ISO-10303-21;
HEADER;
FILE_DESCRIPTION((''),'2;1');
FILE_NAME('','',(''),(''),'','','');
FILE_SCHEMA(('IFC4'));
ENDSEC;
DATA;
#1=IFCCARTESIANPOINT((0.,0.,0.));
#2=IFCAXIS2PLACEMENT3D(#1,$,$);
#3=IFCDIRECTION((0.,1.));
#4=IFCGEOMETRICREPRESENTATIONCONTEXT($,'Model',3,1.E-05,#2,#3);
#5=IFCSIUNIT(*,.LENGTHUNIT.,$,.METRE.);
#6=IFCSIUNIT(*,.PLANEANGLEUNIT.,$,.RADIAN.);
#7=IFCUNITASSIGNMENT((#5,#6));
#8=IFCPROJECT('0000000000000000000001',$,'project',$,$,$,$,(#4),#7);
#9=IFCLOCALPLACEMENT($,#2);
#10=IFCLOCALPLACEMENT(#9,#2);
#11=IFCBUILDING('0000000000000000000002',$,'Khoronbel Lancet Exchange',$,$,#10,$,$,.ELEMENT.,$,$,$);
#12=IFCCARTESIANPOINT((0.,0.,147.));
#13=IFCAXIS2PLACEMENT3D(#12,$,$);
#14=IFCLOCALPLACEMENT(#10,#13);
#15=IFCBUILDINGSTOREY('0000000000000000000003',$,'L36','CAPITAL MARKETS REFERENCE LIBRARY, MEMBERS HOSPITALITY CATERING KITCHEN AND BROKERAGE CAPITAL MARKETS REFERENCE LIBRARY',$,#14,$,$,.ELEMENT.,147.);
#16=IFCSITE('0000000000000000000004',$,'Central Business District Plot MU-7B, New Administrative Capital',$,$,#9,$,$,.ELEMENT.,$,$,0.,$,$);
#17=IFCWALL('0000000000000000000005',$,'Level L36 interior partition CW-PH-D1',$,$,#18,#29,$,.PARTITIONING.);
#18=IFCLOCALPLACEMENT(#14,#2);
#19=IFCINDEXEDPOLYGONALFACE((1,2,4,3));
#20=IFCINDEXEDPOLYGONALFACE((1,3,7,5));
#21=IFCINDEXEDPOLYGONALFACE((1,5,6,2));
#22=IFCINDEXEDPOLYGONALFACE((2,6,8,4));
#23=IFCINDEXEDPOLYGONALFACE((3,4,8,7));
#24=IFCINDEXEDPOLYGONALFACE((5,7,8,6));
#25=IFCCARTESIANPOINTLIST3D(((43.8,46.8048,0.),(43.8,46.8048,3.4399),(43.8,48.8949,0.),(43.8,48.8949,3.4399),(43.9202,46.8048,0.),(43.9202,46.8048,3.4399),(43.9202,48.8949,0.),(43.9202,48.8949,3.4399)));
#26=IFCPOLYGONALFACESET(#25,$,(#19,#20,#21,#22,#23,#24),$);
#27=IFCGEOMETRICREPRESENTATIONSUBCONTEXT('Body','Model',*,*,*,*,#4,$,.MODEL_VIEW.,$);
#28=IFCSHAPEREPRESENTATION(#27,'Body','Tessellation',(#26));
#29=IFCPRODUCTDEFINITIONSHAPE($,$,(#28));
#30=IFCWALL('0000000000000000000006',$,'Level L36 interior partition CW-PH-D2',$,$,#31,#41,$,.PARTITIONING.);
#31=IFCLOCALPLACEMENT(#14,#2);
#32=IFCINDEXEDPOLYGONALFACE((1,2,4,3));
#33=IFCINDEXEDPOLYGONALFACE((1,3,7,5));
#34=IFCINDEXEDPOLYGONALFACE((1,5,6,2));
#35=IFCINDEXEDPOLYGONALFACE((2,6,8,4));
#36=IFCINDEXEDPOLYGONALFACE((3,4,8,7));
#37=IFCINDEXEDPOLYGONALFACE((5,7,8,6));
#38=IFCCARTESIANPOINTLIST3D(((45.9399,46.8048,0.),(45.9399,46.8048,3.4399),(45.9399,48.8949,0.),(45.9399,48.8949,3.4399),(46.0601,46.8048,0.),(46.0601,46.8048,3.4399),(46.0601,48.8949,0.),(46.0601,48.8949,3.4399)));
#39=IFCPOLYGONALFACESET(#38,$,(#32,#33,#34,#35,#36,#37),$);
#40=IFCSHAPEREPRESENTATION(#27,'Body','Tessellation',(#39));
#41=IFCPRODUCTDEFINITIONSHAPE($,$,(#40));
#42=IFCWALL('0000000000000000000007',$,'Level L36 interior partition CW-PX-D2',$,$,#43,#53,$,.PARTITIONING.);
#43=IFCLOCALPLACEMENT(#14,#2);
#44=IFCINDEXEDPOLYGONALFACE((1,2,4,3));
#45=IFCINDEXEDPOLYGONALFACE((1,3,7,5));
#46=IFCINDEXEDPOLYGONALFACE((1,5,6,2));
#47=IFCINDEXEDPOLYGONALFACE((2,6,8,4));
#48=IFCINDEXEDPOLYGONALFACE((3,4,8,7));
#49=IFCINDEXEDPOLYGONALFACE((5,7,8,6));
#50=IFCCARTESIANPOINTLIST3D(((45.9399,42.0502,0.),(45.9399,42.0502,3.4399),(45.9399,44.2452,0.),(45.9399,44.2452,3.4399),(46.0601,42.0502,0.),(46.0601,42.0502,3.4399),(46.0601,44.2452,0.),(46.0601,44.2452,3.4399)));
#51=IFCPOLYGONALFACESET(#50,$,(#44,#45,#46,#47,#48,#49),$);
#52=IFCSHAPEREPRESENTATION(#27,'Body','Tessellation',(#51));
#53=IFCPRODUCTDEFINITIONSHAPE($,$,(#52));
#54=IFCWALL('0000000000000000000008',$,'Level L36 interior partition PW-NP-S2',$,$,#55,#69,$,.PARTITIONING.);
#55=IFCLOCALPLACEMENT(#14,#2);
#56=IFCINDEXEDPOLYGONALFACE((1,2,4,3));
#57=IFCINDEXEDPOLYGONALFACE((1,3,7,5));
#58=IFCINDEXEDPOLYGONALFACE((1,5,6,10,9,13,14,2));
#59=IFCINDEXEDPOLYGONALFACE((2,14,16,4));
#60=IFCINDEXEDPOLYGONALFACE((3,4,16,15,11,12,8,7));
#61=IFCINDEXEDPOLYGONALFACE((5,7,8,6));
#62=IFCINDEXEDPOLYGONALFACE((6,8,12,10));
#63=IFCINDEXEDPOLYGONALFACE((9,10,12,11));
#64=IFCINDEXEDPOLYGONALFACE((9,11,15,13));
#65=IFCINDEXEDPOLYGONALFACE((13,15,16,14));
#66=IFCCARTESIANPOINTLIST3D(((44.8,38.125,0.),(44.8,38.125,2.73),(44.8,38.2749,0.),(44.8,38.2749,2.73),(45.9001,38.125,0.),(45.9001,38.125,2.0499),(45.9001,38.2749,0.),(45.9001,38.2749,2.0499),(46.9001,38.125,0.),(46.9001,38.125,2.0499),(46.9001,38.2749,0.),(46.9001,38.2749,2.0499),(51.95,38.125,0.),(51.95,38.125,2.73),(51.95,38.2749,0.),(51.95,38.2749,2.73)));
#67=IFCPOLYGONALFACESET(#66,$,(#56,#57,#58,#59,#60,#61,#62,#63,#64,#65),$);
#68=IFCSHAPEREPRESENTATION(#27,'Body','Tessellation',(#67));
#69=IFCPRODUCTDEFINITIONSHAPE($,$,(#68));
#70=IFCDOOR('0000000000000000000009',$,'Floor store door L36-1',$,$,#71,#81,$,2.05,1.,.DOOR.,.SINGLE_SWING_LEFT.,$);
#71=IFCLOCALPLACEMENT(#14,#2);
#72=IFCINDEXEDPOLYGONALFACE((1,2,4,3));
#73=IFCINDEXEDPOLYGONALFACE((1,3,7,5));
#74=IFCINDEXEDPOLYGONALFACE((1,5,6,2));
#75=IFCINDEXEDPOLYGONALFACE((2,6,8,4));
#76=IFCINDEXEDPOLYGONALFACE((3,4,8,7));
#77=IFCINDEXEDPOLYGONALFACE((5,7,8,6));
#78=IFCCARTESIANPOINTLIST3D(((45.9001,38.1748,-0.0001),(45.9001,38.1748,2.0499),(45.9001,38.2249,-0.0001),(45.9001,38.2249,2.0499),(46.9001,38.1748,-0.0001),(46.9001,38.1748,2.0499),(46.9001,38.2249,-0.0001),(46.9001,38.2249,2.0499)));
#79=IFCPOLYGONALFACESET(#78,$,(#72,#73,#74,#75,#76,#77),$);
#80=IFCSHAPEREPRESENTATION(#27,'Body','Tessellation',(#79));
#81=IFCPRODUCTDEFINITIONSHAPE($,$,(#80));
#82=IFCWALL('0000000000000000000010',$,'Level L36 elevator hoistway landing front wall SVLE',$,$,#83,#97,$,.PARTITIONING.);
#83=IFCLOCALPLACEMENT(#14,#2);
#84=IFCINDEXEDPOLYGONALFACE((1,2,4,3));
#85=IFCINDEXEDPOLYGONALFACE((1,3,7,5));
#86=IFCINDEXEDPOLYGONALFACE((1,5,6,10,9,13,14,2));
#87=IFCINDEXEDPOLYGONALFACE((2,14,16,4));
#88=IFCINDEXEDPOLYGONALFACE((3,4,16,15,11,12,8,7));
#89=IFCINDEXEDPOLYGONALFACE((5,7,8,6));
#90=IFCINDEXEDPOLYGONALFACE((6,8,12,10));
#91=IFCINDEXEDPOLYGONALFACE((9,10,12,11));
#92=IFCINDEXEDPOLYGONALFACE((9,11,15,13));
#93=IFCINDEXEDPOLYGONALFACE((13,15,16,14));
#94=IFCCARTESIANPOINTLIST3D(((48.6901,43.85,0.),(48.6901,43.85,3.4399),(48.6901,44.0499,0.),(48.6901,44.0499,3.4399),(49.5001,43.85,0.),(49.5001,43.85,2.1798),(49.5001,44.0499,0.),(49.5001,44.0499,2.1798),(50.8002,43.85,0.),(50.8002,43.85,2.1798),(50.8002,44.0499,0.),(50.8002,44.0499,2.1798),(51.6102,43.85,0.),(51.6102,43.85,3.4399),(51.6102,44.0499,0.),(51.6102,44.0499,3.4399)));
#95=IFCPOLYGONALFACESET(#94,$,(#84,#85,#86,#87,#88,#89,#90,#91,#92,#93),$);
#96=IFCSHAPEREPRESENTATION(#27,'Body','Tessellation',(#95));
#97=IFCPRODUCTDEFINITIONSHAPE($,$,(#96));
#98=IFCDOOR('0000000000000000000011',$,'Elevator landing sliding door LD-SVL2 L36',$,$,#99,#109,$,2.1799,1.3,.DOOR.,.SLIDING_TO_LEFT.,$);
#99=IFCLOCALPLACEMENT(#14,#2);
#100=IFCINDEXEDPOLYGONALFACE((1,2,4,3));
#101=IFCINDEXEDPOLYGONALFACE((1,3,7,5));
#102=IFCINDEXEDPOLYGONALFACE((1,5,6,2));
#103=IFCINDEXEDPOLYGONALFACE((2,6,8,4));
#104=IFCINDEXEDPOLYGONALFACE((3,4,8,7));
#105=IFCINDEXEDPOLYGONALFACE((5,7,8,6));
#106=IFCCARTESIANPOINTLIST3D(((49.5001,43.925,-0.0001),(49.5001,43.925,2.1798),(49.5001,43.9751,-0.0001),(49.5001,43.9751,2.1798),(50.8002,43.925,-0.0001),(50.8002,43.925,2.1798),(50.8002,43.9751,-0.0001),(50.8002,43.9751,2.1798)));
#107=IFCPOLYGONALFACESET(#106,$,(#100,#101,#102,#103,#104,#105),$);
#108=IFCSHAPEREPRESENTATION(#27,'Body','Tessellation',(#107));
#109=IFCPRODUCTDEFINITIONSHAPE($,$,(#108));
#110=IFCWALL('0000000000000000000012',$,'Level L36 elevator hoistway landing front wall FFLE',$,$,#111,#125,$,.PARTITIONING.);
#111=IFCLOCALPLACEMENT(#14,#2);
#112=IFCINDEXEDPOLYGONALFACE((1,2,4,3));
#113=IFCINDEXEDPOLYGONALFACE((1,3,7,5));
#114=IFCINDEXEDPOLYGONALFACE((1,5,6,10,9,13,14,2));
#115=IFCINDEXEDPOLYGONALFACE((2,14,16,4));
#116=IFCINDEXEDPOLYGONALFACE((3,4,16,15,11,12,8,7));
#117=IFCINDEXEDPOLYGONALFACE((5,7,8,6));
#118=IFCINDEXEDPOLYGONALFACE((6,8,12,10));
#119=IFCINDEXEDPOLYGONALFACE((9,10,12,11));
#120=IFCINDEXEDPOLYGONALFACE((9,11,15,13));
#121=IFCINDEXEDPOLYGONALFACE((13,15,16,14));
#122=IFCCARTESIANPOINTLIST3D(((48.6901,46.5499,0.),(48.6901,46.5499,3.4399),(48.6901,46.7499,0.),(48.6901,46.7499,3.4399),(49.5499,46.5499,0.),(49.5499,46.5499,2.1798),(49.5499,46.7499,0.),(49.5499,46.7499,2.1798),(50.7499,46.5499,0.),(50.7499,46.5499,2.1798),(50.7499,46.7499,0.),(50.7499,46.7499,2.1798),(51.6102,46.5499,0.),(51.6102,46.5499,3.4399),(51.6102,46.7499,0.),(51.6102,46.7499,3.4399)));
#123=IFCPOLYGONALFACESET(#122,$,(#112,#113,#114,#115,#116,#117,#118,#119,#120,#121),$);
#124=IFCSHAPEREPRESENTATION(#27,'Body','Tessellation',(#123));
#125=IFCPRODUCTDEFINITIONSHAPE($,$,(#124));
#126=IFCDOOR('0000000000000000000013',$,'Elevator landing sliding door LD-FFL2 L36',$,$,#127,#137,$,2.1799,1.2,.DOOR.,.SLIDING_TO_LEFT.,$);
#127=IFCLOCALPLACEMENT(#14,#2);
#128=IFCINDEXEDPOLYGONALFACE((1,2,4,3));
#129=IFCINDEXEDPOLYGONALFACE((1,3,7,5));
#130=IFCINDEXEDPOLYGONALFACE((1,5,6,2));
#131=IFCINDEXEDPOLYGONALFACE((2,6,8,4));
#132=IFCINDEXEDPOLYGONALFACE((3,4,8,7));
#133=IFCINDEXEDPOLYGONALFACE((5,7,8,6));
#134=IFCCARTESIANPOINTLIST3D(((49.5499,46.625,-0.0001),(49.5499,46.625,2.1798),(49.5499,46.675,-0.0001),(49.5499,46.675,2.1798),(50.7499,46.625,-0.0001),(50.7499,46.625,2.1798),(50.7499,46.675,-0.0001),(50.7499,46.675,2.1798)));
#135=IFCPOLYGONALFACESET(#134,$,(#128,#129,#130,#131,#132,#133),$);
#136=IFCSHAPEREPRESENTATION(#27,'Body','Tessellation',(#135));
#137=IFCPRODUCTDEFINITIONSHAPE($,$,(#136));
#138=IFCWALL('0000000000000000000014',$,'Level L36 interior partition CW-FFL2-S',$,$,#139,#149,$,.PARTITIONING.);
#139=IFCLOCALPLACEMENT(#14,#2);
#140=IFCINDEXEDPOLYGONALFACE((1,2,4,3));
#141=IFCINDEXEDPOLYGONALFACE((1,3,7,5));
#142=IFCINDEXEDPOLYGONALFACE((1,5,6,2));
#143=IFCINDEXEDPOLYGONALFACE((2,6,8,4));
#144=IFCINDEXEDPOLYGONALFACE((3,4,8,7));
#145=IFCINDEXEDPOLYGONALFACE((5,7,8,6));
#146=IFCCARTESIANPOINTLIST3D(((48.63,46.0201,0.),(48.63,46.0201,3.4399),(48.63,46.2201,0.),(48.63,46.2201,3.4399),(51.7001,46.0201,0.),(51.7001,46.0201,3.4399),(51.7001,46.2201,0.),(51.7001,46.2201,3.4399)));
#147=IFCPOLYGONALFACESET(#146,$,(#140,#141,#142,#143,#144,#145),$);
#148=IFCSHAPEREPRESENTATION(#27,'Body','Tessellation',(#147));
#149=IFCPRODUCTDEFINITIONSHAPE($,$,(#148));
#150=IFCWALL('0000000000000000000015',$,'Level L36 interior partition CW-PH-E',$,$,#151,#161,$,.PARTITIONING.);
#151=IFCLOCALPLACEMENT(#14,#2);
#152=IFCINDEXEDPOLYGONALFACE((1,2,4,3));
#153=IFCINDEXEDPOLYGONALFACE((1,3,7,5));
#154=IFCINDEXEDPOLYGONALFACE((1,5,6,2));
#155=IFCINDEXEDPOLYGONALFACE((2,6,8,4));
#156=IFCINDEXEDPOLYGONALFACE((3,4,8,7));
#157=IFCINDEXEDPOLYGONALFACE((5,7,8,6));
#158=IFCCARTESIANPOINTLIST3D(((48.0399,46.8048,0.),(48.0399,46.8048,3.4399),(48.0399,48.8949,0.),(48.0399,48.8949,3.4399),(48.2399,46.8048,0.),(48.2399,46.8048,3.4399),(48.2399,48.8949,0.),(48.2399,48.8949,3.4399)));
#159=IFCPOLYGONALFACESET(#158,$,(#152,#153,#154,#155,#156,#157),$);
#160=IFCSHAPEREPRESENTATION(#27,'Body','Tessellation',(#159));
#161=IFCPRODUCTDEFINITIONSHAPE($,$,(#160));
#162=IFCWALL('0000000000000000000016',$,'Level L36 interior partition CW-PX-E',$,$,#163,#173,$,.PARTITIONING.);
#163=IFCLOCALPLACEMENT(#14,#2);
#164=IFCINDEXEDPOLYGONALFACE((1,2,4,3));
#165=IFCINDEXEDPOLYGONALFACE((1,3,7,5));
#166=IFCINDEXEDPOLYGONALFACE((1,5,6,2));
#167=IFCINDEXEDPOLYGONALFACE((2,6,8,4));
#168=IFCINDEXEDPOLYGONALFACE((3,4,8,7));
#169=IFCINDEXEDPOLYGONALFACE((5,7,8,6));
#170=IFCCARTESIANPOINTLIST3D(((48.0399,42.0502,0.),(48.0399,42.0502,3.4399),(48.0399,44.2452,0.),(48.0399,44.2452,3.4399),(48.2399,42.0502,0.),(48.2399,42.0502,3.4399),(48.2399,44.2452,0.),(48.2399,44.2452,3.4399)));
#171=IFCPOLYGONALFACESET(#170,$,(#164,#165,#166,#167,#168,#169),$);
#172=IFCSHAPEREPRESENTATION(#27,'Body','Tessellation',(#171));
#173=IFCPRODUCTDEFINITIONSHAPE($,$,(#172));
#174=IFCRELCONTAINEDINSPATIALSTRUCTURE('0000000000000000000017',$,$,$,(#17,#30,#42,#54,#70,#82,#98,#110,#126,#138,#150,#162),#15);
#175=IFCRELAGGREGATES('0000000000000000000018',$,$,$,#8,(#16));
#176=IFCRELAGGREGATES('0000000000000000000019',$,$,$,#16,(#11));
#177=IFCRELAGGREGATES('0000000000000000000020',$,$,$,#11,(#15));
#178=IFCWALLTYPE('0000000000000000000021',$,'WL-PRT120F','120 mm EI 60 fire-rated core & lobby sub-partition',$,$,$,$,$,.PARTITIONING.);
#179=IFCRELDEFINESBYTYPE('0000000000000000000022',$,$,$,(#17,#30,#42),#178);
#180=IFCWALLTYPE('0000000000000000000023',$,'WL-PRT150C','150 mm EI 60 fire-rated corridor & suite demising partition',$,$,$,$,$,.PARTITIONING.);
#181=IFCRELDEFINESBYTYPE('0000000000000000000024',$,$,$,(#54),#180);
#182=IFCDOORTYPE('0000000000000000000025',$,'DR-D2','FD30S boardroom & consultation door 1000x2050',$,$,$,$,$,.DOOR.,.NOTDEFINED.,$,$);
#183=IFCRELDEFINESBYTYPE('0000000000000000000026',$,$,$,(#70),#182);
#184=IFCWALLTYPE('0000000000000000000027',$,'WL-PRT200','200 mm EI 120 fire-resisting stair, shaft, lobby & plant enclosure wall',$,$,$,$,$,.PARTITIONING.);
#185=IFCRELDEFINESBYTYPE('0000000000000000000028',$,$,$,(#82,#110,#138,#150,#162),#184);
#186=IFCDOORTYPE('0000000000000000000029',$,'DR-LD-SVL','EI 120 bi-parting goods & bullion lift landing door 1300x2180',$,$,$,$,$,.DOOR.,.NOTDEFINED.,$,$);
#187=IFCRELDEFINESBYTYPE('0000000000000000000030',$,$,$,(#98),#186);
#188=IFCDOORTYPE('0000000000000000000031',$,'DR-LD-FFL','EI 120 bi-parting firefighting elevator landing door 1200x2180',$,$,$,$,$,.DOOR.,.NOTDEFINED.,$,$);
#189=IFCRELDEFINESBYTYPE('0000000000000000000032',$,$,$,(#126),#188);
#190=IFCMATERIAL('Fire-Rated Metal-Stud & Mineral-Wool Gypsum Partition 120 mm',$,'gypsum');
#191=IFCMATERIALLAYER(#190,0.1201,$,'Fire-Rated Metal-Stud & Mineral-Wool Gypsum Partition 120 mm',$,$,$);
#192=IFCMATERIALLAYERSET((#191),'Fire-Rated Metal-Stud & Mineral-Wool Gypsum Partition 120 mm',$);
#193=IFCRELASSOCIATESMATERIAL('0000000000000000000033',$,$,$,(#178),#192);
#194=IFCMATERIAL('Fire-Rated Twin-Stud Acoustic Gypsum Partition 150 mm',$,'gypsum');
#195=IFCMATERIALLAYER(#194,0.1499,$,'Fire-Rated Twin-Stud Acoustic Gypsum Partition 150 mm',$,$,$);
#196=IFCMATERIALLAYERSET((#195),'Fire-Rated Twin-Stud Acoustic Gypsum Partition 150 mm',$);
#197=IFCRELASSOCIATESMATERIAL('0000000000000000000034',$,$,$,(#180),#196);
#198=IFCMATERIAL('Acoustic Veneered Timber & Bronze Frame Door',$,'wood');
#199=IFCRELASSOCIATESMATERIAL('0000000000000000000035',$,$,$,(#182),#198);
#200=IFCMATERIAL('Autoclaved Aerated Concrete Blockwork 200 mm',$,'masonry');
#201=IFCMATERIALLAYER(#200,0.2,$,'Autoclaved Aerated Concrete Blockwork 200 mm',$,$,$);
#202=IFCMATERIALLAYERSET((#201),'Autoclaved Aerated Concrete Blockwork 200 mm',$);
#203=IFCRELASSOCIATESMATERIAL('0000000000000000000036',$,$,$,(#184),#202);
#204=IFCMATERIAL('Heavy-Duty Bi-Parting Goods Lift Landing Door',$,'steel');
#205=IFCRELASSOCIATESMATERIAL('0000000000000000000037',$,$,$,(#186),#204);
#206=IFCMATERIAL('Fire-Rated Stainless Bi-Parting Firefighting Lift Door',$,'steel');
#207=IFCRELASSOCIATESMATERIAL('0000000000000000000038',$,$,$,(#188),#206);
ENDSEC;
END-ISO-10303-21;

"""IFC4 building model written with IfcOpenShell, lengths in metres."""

from ifc_helpers import new_model, si_unit, direction, frame, frame_2d, origin, place, context, subcontext, project, spatial, rectangle, extrude, material, layer, layer_set, type_object, element, fill, save


model = new_model("IFC4")

# Units and contexts
model_context = context("Model", 3, precision=1e-05, world=origin(), true_north=direction((0.0, 1.0)))
body_context = subcontext(model_context, "Body", "Model", "MODEL_VIEW")
ifc_project = project(units=[si_unit("LENGTHUNIT", "METRE"), si_unit("PLANEANGLEUNIT", "RADIAN")], contexts=[model_context])

# Site, building, storey
site_placement = place(None, origin())
site = spatial("IfcSite", under=ifc_project, at=site_placement, Name="Central Business District Plot MU-7B, New Administrative Capital", CompositionType="ELEMENT", RefElevation=0.0)
building_placement = place(site_placement, origin())
building = spatial("IfcBuilding", under=site, at=building_placement, Name="Khoronbel Lancet Exchange", CompositionType="ELEMENT")
storey_placement = place(building_placement, frame((0.0, 0.0, 147.0)))
storey = spatial("IfcBuildingStorey", under=building, at=storey_placement, Name="L36", Description="CAPITAL MARKETS REFERENCE LIBRARY, MEMBERS HOSPITALITY CATERING KITCHEN AND BROKERAGE CAPITAL MARKETS REFERENCE LIBRARY", CompositionType="ELEMENT", Elevation=147.0)

# Walls
ifc_material_1 = material(Name="Fire-Rated Metal-Stud & Mineral-Wool Gypsum Partition 120 mm", Category="gypsum")
ifc_layer_1 = layer(ifc_material_1, 0.1201, Name="Fire-Rated Metal-Stud & Mineral-Wool Gypsum Partition 120 mm")
ifc_layer_set_1 = layer_set([ifc_layer_1], Name="Fire-Rated Metal-Stud & Mineral-Wool Gypsum Partition 120 mm")
wall_type_1 = type_object("IfcWallType", Name="WL-PRT120F", Description="120 mm EI 60 fire-rated core & lobby sub-partition", PredefinedType="PARTITIONING", material=ifc_layer_set_1)
for number, where, z_axis, x_axis, name in (
    (1, (43.8601, 46.8049, 0.0), (0.0, 0.0, 1.0), (0.0, 1.0, 0.0), "Level L36 interior partition CW-PH-D1"),
    (2, (46.0, 46.8049, 0.0), (0.0, 0.0, 1.0), (0.0, 1.0, 0.0), "Level L36 interior partition CW-PH-D2"),
):
    element("IfcWall", number, at=place(storey_placement, frame(where, z_axis=z_axis, x_axis=x_axis)), inside=storey, type_object=wall_type_1, Name=name, PredefinedType="PARTITIONING", context=body_context, shape_type="SweptSolid", body=[
        extrude(rectangle(XDim=2.0901, YDim=0.1201, at=frame_2d((1.0449, 0.0))), origin(), (0.0, 0.0, 1.0), 3.4399),
    ])
wall_1_placement = place(storey_placement, frame((46.0, 42.05, 0.0), z_axis=(0.0, 0.0, 1.0), x_axis=(0.0, 1.0, 0.0)))
element("IfcWall", 3, at=wall_1_placement, inside=storey, type_object=wall_type_1, Name="Level L36 interior partition CW-PX-D2", PredefinedType="PARTITIONING", context=body_context, shape_type="SweptSolid", body=[
    extrude(rectangle(XDim=2.1951, YDim=0.1201, at=frame_2d((1.0977, 0.0))), origin(), (0.0, 0.0, 1.0), 3.4399),
])

# Walls, openings, doors
ifc_material_2 = material(Name="Fire-Rated Twin-Stud Acoustic Gypsum Partition 150 mm", Category="gypsum")
ifc_layer_2 = layer(ifc_material_2, 0.1499, Name="Fire-Rated Twin-Stud Acoustic Gypsum Partition 150 mm")
ifc_layer_set_2 = layer_set([ifc_layer_2], Name="Fire-Rated Twin-Stud Acoustic Gypsum Partition 150 mm")
wall_type_2 = type_object("IfcWallType", Name="WL-PRT150C", Description="150 mm EI 60 fire-rated corridor & suite demising partition", PredefinedType="PARTITIONING", material=ifc_layer_set_2)
wall_2_placement = place(storey_placement, frame((44.8, 38.2, 0.0), z_axis=(0.0, 0.0, 1.0), x_axis=(1.0, 0.0, 0.0)))
wall_2 = element("IfcWall", 4, at=wall_2_placement, inside=storey, type_object=wall_type_2, Name="Level L36 interior partition PW-NP-S2", PredefinedType="PARTITIONING", context=body_context, shape_type="SweptSolid", body=[
    extrude(rectangle(XDim=7.1499, YDim=0.1499, at=frame_2d((3.575, 0.0))), origin(), (0.0, 0.0, 1.0), 2.73),
])
opening_1_placement = place(wall_2_placement, frame((1.1001, 0.0, 0.0)))
opening_1 = element("IfcOpeningElement", 5, at=opening_1_placement, cuts=wall_2, PredefinedType="OPENING", context=body_context, shape_type="SweptSolid", body=[
    extrude(rectangle(XDim=1.0, YDim=2.05, at=frame_2d((0.5, 1.0249))), frame((0.0, 0.085, 0.0), z_axis=(0.0, -1.0, 0.0), x_axis=(1.0, 0.0, 0.0)), (0.0, 0.0, 1.0), 0.1699),
])
ifc_material_3 = material(Name="Acoustic Veneered Timber & Bronze Frame Door", Category="wood")
door_type_1 = type_object("IfcDoorType", Name="DR-D2", Description="FD30S boardroom & consultation door 1000x2050", OperationType="NOTDEFINED", PredefinedType="DOOR", material=ifc_material_3)
door_1_placement = place(opening_1_placement, origin())
door_1 = element("IfcDoor", 6, at=door_1_placement, inside=storey, type_object=door_type_1, Name="Floor store door L36-1", OperationType="SINGLE_SWING_LEFT", OverallHeight=2.05, OverallWidth=1.0, PredefinedType="DOOR", context=body_context, shape_type="SweptSolid", body=[
    extrude(rectangle(XDim=1.0, YDim=2.05, at=frame_2d((0.5, 1.0249))), frame((0.0, 0.0249, 0.0), z_axis=(0.0, -1.0, 0.0), x_axis=(1.0, 0.0, 0.0)), (0.0, 0.0, 1.0), 0.05),
])
fill(opening_1, door_1)
ifc_material_4 = material(Name="Autoclaved Aerated Concrete Blockwork 200 mm", Category="masonry")
ifc_layer_3 = layer(ifc_material_4, 0.2, Name="Autoclaved Aerated Concrete Blockwork 200 mm")
ifc_layer_set_3 = layer_set([ifc_layer_3], Name="Autoclaved Aerated Concrete Blockwork 200 mm")
wall_type_3 = type_object("IfcWallType", Name="WL-PRT200", Description="200 mm EI 120 fire-resisting stair, shaft, lobby & plant enclosure wall", PredefinedType="PARTITIONING", material=ifc_layer_set_3)
wall_3_placement = place(storey_placement, frame((51.6101, 43.95, 0.0), z_axis=(0.0, 0.0, 1.0), x_axis=(-1.0, 0.0, 0.0)))
wall_3 = element("IfcWall", 7, at=wall_3_placement, inside=storey, type_object=wall_type_3, Name="Level L36 elevator hoistway landing front wall SVLE", PredefinedType="PARTITIONING", context=body_context, shape_type="SweptSolid", body=[
    extrude(rectangle(XDim=2.9202, YDim=0.2, at=frame_2d((1.46, 0.0))), origin(), (0.0, 0.0, 1.0), 3.4399),
])
opening_2_placement = place(wall_3_placement, frame((0.8101, 0.0, 0.0)))
opening_2 = element("IfcOpeningElement", 8, at=opening_2_placement, cuts=wall_3, PredefinedType="OPENING", context=body_context, shape_type="SweptSolid", body=[
    extrude(rectangle(XDim=1.3, YDim=2.1799, at=frame_2d((0.6499, 1.0898))), frame((0.0, 0.1099, 0.0), z_axis=(0.0, -1.0, 0.0), x_axis=(1.0, 0.0, 0.0)), (0.0, 0.0, 1.0), 0.22),
])
ifc_material_5 = material(Name="Heavy-Duty Bi-Parting Goods Lift Landing Door", Category="steel")
door_type_2 = type_object("IfcDoorType", Name="DR-LD-SVL", Description="EI 120 bi-parting goods & bullion lift landing door 1300x2180", OperationType="NOTDEFINED", PredefinedType="DOOR", material=ifc_material_5)
door_2_placement = place(opening_2_placement, origin())
door_2 = element("IfcDoor", 9, at=door_2_placement, inside=storey, type_object=door_type_2, Name="Elevator landing sliding door LD-SVL2 L36", OperationType="SLIDING_TO_LEFT", OverallHeight=2.1799, OverallWidth=1.3, PredefinedType="DOOR", context=body_context, shape_type="SweptSolid", body=[
    extrude(rectangle(XDim=1.3, YDim=2.1799, at=frame_2d((0.6499, 1.0898))), frame((0.0, 0.0249, 0.0), z_axis=(0.0, -1.0, 0.0), x_axis=(1.0, 0.0, 0.0)), (0.0, 0.0, 1.0), 0.05),
])
fill(opening_2, door_2)
wall_4_placement = place(storey_placement, frame((51.6101, 46.6499, 0.0), z_axis=(0.0, 0.0, 1.0), x_axis=(-1.0, 0.0, 0.0)))
wall_4 = element("IfcWall", 10, at=wall_4_placement, inside=storey, type_object=wall_type_3, Name="Level L36 elevator hoistway landing front wall FFLE", PredefinedType="PARTITIONING", context=body_context, shape_type="SweptSolid", body=[
    extrude(rectangle(XDim=2.9202, YDim=0.2, at=frame_2d((1.46, 0.0))), origin(), (0.0, 0.0, 1.0), 3.4399),
])
opening_3_placement = place(wall_4_placement, frame((0.8601, 0.0, 0.0)))
opening_3 = element("IfcOpeningElement", 11, at=opening_3_placement, cuts=wall_4, PredefinedType="OPENING", context=body_context, shape_type="SweptSolid", body=[
    extrude(rectangle(XDim=1.2, YDim=2.1799, at=frame_2d((0.6001, 1.0898))), frame((0.0, 0.1099, 0.0), z_axis=(0.0, -1.0, 0.0), x_axis=(1.0, 0.0, 0.0)), (0.0, 0.0, 1.0), 0.22),
])
ifc_material_6 = material(Name="Fire-Rated Stainless Bi-Parting Firefighting Lift Door", Category="steel")
door_type_3 = type_object("IfcDoorType", Name="DR-LD-FFL", Description="EI 120 bi-parting firefighting elevator landing door 1200x2180", OperationType="NOTDEFINED", PredefinedType="DOOR", material=ifc_material_6)
door_3_placement = place(opening_3_placement, origin())
door_3 = element("IfcDoor", 12, at=door_3_placement, inside=storey, type_object=door_type_3, Name="Elevator landing sliding door LD-FFL2 L36", OperationType="SLIDING_TO_LEFT", OverallHeight=2.1799, OverallWidth=1.2, PredefinedType="DOOR", context=body_context, shape_type="SweptSolid", body=[
    extrude(rectangle(XDim=1.2, YDim=2.1799, at=frame_2d((0.6001, 1.0898))), frame((0.0, 0.0249, 0.0), z_axis=(0.0, -1.0, 0.0), x_axis=(1.0, 0.0, 0.0)), (0.0, 0.0, 1.0), 0.05),
])
fill(opening_3, door_3)

# Walls
wall_5_placement = place(storey_placement, frame((48.6299, 46.1201, 0.0), z_axis=(0.0, 0.0, 1.0), x_axis=(1.0, 0.0, 0.0)))
element("IfcWall", 13, at=wall_5_placement, inside=storey, type_object=wall_type_3, Name="Level L36 interior partition CW-FFL2-S", PredefinedType="PARTITIONING", context=body_context, shape_type="SweptSolid", body=[
    extrude(rectangle(XDim=3.0701, YDim=0.2, at=frame_2d((1.5352, 0.0))), origin(), (0.0, 0.0, 1.0), 3.4399),
])
wall_6_placement = place(storey_placement, frame((48.1399, 46.8049, 0.0), z_axis=(0.0, 0.0, 1.0), x_axis=(0.0, 1.0, 0.0)))
element("IfcWall", 14, at=wall_6_placement, inside=storey, type_object=wall_type_3, Name="Level L36 interior partition CW-PH-E", PredefinedType="PARTITIONING", context=body_context, shape_type="SweptSolid", body=[
    extrude(rectangle(XDim=2.0901, YDim=0.2, at=frame_2d((1.0449, 0.0))), origin(), (0.0, 0.0, 1.0), 3.4399),
])
wall_7_placement = place(storey_placement, frame((48.1399, 42.05, 0.0), z_axis=(0.0, 0.0, 1.0), x_axis=(0.0, 1.0, 0.0)))
element("IfcWall", 15, at=wall_7_placement, inside=storey, type_object=wall_type_3, Name="Level L36 interior partition CW-PX-E", PredefinedType="PARTITIONING", context=body_context, shape_type="SweptSolid", body=[
    extrude(rectangle(XDim=2.1951, YDim=0.2, at=frame_2d((1.0977, 0.0))), origin(), (0.0, 0.0, 1.0), 3.4399),
])

save(model, "model.ifc")
